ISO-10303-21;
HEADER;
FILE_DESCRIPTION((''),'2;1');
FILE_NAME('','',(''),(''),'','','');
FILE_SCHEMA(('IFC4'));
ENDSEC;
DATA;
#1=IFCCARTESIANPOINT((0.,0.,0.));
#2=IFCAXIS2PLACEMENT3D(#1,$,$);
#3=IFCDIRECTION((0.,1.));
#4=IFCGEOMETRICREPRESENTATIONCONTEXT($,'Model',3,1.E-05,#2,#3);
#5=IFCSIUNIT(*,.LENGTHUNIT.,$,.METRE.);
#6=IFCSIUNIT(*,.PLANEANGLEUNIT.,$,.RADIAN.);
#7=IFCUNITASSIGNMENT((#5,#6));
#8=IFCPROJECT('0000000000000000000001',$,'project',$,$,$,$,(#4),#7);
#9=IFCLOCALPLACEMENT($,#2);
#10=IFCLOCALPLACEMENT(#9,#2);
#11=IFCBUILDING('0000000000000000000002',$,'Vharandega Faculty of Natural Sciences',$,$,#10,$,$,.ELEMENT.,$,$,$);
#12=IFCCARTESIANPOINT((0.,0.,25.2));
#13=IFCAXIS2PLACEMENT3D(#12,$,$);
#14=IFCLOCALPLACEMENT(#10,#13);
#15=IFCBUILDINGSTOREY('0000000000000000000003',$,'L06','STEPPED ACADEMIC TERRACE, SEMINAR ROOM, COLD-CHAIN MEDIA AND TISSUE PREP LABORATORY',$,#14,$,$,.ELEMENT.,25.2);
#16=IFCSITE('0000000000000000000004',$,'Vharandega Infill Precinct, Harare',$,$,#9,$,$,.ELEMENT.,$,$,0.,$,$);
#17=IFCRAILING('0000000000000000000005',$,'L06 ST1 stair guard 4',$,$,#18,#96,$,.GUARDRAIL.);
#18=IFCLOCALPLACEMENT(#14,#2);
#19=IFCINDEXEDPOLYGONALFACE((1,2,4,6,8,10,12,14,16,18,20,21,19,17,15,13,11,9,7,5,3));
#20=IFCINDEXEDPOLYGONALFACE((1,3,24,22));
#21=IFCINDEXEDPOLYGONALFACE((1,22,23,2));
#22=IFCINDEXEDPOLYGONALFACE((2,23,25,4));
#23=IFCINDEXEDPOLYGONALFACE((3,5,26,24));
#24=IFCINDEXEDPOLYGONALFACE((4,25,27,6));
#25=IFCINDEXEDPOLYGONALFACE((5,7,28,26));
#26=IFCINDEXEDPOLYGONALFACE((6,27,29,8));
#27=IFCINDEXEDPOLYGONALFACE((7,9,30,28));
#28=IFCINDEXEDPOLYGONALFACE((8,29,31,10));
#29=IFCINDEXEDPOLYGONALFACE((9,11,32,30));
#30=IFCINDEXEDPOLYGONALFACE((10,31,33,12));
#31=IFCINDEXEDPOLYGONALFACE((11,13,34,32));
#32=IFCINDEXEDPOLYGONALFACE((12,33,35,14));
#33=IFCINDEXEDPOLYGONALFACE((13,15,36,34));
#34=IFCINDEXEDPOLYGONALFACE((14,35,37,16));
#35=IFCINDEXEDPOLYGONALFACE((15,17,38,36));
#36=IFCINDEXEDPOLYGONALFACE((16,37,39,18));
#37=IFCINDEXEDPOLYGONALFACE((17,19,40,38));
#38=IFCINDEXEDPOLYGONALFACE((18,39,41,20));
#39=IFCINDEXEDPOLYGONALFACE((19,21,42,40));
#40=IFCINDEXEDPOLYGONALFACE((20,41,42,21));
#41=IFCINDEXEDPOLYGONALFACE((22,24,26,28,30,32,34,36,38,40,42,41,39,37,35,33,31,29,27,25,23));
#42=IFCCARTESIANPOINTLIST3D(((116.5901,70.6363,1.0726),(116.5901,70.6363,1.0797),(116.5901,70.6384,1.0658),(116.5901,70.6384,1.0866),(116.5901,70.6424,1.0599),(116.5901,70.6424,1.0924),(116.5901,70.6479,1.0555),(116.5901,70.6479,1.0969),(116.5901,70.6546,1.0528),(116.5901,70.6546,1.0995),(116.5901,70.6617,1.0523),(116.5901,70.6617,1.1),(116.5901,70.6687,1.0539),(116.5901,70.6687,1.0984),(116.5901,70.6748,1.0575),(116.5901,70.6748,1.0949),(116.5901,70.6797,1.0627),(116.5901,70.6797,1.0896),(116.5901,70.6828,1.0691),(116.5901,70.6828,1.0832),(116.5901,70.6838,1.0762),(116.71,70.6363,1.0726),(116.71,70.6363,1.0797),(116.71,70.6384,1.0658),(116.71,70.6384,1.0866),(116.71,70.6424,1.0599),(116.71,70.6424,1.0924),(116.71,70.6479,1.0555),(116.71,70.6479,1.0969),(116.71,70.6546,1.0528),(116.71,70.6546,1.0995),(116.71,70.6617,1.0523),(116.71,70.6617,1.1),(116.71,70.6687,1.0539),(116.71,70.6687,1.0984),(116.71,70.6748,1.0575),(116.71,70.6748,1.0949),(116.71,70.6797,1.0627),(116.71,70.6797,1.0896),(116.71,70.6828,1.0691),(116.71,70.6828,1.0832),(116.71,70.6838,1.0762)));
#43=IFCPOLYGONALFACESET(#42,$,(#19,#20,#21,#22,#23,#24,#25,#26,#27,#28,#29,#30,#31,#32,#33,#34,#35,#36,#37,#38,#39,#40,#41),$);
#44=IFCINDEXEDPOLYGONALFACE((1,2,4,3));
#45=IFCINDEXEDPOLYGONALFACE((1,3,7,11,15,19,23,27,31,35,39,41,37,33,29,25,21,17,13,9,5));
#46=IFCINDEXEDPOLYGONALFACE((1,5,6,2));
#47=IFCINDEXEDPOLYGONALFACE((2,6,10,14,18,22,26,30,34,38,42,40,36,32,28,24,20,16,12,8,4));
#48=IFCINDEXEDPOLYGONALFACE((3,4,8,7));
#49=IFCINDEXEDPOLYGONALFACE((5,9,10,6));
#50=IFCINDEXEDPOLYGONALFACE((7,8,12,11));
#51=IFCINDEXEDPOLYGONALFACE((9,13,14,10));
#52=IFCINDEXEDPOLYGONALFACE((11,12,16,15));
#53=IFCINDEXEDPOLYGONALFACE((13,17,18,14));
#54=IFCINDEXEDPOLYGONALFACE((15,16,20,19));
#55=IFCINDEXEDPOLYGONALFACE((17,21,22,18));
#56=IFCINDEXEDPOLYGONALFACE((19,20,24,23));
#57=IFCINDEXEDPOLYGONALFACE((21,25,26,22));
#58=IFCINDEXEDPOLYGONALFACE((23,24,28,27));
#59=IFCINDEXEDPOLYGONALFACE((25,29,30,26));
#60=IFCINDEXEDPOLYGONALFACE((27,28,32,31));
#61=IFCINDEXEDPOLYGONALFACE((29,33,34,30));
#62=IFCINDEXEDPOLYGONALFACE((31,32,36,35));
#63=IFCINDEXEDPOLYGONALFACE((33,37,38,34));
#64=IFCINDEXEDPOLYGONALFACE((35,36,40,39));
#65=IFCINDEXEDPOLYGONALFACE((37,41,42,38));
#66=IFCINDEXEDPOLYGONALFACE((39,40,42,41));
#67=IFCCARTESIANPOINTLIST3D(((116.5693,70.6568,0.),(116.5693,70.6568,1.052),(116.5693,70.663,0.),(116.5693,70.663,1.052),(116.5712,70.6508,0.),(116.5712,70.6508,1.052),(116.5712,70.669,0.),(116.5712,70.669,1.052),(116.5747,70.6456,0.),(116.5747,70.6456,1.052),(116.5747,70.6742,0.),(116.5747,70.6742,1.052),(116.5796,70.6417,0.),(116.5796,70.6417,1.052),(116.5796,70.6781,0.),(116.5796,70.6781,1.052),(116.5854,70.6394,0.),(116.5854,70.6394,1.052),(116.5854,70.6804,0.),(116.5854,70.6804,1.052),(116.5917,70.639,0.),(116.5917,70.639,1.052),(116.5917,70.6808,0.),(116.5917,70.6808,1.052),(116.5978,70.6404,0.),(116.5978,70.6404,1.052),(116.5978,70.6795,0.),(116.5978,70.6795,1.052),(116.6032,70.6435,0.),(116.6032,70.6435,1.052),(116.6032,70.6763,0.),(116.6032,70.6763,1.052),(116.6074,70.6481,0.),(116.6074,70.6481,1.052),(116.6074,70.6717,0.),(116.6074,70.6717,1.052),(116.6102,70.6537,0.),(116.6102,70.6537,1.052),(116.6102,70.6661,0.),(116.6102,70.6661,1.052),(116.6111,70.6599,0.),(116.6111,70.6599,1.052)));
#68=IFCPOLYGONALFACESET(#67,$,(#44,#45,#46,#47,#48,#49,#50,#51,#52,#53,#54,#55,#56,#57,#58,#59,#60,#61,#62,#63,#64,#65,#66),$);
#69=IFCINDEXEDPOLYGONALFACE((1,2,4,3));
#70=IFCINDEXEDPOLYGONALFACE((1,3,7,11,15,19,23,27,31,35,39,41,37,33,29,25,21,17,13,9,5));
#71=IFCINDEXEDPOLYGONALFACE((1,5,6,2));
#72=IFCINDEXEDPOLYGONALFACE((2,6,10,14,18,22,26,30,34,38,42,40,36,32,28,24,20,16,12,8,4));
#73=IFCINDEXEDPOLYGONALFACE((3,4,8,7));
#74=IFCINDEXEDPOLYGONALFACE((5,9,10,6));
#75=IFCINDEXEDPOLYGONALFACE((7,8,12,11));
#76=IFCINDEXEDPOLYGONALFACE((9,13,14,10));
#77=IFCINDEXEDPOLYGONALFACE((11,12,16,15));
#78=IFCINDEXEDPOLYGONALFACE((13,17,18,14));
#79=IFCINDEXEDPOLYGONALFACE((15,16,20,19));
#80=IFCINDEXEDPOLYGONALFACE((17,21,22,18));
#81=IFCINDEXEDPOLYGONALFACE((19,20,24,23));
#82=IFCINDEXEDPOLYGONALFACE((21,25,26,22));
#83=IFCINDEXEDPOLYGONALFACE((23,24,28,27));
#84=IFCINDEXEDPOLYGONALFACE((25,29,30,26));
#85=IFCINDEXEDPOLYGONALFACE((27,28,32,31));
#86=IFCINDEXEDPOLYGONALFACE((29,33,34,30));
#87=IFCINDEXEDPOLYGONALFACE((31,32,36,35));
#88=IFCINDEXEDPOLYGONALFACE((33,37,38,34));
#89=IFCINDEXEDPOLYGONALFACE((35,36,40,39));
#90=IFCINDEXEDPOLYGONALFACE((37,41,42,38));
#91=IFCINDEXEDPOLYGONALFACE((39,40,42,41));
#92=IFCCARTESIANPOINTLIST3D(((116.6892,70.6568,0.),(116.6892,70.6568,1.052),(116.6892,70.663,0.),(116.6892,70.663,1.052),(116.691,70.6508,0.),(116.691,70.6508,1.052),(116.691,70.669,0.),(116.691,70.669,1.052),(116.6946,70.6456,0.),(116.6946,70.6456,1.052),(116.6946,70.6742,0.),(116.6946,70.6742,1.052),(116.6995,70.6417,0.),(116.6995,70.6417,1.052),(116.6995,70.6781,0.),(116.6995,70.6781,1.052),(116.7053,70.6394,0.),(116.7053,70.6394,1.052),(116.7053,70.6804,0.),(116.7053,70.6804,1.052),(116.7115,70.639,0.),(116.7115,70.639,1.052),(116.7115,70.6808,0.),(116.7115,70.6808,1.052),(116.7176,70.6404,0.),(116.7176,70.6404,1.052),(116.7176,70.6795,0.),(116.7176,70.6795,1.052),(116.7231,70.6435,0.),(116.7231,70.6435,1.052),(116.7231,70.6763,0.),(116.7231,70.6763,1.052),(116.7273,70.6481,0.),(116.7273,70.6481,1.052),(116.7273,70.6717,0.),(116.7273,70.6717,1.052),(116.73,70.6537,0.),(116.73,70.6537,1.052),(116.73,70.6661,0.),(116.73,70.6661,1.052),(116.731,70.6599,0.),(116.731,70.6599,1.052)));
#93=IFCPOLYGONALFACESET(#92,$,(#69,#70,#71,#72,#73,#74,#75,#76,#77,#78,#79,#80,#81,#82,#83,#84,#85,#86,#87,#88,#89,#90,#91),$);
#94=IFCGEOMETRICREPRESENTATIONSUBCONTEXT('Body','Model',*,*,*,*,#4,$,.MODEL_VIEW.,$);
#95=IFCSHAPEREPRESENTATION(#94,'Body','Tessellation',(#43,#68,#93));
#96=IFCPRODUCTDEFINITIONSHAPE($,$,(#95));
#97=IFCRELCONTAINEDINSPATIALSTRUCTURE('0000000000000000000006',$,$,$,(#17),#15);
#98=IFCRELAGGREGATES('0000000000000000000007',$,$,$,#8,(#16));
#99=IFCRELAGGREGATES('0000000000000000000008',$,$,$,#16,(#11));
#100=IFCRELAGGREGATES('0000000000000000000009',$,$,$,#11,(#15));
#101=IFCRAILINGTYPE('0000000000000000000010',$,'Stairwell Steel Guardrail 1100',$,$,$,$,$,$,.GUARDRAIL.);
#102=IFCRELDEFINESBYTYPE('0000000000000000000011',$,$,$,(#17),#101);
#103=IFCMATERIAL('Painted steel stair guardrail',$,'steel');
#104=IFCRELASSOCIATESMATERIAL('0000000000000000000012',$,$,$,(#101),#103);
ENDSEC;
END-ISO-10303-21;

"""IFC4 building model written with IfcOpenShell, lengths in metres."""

from ifc_helpers import new_model, si_unit, direction, frame, origin, origin_2d, place, context, subcontext, project, spatial, circle, extrude, material, type_object, element, save


model = new_model("IFC4")

# Units and contexts
model_context = context("Model", 3, precision=1e-05, world=origin(), true_north=direction((0.0, 1.0)))
body_context = subcontext(model_context, "Body", "Model", "MODEL_VIEW")
ifc_project = project(units=[si_unit("LENGTHUNIT", "METRE"), si_unit("PLANEANGLEUNIT", "RADIAN")], contexts=[model_context])

# Site, building, storey
site_placement = place(None, origin())
site = spatial("IfcSite", under=ifc_project, at=site_placement, Name="Vharandega Infill Precinct, Harare", CompositionType="ELEMENT", RefElevation=0.0)
building_placement = place(site_placement, origin())
building = spatial("IfcBuilding", under=site, at=building_placement, Name="Vharandega Faculty of Natural Sciences", CompositionType="ELEMENT")
storey_placement = place(building_placement, frame((0.0, 0.0, 25.2)))
storey = spatial("IfcBuildingStorey", under=building, at=storey_placement, Name="L06", Description="STEPPED ACADEMIC TERRACE, SEMINAR ROOM, COLD-CHAIN MEDIA AND TISSUE PREP LABORATORY", CompositionType="ELEMENT", Elevation=25.2)

# Railing
ifc_material_1 = material(Name="Painted steel stair guardrail", Category="steel")
railing_type_1 = type_object("IfcRailingType", Name="Stairwell Steel Guardrail 1100", PredefinedType="GUARDRAIL", material=ifc_material_1)
railing_1_placement = place(storey_placement, frame((116.5901, 70.6599, 0.0)))
element("IfcRailing", 1, at=railing_1_placement, inside=storey, type_object=railing_type_1, Name="L06 ST1 stair guard 4", PredefinedType="GUARDRAIL", context=body_context, shape_type="SweptSolid", body=[
    extrude(circle(Radius=0.0239, at=origin_2d()), frame((0.0, 0.0, 1.0762), z_axis=(1.0, 0.0, 0.0), x_axis=(0.0, 1.0, 0.0)), (0.0, 0.0, 1.0), 0.1199),
    extrude(circle(Radius=0.021, at=origin_2d()), origin(), (0.0, 0.0, 1.0), 1.052),
    extrude(circle(Radius=0.021, at=origin_2d()), frame((0.1199, 0.0, 0.0)), (0.0, 0.0, 1.0), 1.052),
])

save(model, "model.ifc")
